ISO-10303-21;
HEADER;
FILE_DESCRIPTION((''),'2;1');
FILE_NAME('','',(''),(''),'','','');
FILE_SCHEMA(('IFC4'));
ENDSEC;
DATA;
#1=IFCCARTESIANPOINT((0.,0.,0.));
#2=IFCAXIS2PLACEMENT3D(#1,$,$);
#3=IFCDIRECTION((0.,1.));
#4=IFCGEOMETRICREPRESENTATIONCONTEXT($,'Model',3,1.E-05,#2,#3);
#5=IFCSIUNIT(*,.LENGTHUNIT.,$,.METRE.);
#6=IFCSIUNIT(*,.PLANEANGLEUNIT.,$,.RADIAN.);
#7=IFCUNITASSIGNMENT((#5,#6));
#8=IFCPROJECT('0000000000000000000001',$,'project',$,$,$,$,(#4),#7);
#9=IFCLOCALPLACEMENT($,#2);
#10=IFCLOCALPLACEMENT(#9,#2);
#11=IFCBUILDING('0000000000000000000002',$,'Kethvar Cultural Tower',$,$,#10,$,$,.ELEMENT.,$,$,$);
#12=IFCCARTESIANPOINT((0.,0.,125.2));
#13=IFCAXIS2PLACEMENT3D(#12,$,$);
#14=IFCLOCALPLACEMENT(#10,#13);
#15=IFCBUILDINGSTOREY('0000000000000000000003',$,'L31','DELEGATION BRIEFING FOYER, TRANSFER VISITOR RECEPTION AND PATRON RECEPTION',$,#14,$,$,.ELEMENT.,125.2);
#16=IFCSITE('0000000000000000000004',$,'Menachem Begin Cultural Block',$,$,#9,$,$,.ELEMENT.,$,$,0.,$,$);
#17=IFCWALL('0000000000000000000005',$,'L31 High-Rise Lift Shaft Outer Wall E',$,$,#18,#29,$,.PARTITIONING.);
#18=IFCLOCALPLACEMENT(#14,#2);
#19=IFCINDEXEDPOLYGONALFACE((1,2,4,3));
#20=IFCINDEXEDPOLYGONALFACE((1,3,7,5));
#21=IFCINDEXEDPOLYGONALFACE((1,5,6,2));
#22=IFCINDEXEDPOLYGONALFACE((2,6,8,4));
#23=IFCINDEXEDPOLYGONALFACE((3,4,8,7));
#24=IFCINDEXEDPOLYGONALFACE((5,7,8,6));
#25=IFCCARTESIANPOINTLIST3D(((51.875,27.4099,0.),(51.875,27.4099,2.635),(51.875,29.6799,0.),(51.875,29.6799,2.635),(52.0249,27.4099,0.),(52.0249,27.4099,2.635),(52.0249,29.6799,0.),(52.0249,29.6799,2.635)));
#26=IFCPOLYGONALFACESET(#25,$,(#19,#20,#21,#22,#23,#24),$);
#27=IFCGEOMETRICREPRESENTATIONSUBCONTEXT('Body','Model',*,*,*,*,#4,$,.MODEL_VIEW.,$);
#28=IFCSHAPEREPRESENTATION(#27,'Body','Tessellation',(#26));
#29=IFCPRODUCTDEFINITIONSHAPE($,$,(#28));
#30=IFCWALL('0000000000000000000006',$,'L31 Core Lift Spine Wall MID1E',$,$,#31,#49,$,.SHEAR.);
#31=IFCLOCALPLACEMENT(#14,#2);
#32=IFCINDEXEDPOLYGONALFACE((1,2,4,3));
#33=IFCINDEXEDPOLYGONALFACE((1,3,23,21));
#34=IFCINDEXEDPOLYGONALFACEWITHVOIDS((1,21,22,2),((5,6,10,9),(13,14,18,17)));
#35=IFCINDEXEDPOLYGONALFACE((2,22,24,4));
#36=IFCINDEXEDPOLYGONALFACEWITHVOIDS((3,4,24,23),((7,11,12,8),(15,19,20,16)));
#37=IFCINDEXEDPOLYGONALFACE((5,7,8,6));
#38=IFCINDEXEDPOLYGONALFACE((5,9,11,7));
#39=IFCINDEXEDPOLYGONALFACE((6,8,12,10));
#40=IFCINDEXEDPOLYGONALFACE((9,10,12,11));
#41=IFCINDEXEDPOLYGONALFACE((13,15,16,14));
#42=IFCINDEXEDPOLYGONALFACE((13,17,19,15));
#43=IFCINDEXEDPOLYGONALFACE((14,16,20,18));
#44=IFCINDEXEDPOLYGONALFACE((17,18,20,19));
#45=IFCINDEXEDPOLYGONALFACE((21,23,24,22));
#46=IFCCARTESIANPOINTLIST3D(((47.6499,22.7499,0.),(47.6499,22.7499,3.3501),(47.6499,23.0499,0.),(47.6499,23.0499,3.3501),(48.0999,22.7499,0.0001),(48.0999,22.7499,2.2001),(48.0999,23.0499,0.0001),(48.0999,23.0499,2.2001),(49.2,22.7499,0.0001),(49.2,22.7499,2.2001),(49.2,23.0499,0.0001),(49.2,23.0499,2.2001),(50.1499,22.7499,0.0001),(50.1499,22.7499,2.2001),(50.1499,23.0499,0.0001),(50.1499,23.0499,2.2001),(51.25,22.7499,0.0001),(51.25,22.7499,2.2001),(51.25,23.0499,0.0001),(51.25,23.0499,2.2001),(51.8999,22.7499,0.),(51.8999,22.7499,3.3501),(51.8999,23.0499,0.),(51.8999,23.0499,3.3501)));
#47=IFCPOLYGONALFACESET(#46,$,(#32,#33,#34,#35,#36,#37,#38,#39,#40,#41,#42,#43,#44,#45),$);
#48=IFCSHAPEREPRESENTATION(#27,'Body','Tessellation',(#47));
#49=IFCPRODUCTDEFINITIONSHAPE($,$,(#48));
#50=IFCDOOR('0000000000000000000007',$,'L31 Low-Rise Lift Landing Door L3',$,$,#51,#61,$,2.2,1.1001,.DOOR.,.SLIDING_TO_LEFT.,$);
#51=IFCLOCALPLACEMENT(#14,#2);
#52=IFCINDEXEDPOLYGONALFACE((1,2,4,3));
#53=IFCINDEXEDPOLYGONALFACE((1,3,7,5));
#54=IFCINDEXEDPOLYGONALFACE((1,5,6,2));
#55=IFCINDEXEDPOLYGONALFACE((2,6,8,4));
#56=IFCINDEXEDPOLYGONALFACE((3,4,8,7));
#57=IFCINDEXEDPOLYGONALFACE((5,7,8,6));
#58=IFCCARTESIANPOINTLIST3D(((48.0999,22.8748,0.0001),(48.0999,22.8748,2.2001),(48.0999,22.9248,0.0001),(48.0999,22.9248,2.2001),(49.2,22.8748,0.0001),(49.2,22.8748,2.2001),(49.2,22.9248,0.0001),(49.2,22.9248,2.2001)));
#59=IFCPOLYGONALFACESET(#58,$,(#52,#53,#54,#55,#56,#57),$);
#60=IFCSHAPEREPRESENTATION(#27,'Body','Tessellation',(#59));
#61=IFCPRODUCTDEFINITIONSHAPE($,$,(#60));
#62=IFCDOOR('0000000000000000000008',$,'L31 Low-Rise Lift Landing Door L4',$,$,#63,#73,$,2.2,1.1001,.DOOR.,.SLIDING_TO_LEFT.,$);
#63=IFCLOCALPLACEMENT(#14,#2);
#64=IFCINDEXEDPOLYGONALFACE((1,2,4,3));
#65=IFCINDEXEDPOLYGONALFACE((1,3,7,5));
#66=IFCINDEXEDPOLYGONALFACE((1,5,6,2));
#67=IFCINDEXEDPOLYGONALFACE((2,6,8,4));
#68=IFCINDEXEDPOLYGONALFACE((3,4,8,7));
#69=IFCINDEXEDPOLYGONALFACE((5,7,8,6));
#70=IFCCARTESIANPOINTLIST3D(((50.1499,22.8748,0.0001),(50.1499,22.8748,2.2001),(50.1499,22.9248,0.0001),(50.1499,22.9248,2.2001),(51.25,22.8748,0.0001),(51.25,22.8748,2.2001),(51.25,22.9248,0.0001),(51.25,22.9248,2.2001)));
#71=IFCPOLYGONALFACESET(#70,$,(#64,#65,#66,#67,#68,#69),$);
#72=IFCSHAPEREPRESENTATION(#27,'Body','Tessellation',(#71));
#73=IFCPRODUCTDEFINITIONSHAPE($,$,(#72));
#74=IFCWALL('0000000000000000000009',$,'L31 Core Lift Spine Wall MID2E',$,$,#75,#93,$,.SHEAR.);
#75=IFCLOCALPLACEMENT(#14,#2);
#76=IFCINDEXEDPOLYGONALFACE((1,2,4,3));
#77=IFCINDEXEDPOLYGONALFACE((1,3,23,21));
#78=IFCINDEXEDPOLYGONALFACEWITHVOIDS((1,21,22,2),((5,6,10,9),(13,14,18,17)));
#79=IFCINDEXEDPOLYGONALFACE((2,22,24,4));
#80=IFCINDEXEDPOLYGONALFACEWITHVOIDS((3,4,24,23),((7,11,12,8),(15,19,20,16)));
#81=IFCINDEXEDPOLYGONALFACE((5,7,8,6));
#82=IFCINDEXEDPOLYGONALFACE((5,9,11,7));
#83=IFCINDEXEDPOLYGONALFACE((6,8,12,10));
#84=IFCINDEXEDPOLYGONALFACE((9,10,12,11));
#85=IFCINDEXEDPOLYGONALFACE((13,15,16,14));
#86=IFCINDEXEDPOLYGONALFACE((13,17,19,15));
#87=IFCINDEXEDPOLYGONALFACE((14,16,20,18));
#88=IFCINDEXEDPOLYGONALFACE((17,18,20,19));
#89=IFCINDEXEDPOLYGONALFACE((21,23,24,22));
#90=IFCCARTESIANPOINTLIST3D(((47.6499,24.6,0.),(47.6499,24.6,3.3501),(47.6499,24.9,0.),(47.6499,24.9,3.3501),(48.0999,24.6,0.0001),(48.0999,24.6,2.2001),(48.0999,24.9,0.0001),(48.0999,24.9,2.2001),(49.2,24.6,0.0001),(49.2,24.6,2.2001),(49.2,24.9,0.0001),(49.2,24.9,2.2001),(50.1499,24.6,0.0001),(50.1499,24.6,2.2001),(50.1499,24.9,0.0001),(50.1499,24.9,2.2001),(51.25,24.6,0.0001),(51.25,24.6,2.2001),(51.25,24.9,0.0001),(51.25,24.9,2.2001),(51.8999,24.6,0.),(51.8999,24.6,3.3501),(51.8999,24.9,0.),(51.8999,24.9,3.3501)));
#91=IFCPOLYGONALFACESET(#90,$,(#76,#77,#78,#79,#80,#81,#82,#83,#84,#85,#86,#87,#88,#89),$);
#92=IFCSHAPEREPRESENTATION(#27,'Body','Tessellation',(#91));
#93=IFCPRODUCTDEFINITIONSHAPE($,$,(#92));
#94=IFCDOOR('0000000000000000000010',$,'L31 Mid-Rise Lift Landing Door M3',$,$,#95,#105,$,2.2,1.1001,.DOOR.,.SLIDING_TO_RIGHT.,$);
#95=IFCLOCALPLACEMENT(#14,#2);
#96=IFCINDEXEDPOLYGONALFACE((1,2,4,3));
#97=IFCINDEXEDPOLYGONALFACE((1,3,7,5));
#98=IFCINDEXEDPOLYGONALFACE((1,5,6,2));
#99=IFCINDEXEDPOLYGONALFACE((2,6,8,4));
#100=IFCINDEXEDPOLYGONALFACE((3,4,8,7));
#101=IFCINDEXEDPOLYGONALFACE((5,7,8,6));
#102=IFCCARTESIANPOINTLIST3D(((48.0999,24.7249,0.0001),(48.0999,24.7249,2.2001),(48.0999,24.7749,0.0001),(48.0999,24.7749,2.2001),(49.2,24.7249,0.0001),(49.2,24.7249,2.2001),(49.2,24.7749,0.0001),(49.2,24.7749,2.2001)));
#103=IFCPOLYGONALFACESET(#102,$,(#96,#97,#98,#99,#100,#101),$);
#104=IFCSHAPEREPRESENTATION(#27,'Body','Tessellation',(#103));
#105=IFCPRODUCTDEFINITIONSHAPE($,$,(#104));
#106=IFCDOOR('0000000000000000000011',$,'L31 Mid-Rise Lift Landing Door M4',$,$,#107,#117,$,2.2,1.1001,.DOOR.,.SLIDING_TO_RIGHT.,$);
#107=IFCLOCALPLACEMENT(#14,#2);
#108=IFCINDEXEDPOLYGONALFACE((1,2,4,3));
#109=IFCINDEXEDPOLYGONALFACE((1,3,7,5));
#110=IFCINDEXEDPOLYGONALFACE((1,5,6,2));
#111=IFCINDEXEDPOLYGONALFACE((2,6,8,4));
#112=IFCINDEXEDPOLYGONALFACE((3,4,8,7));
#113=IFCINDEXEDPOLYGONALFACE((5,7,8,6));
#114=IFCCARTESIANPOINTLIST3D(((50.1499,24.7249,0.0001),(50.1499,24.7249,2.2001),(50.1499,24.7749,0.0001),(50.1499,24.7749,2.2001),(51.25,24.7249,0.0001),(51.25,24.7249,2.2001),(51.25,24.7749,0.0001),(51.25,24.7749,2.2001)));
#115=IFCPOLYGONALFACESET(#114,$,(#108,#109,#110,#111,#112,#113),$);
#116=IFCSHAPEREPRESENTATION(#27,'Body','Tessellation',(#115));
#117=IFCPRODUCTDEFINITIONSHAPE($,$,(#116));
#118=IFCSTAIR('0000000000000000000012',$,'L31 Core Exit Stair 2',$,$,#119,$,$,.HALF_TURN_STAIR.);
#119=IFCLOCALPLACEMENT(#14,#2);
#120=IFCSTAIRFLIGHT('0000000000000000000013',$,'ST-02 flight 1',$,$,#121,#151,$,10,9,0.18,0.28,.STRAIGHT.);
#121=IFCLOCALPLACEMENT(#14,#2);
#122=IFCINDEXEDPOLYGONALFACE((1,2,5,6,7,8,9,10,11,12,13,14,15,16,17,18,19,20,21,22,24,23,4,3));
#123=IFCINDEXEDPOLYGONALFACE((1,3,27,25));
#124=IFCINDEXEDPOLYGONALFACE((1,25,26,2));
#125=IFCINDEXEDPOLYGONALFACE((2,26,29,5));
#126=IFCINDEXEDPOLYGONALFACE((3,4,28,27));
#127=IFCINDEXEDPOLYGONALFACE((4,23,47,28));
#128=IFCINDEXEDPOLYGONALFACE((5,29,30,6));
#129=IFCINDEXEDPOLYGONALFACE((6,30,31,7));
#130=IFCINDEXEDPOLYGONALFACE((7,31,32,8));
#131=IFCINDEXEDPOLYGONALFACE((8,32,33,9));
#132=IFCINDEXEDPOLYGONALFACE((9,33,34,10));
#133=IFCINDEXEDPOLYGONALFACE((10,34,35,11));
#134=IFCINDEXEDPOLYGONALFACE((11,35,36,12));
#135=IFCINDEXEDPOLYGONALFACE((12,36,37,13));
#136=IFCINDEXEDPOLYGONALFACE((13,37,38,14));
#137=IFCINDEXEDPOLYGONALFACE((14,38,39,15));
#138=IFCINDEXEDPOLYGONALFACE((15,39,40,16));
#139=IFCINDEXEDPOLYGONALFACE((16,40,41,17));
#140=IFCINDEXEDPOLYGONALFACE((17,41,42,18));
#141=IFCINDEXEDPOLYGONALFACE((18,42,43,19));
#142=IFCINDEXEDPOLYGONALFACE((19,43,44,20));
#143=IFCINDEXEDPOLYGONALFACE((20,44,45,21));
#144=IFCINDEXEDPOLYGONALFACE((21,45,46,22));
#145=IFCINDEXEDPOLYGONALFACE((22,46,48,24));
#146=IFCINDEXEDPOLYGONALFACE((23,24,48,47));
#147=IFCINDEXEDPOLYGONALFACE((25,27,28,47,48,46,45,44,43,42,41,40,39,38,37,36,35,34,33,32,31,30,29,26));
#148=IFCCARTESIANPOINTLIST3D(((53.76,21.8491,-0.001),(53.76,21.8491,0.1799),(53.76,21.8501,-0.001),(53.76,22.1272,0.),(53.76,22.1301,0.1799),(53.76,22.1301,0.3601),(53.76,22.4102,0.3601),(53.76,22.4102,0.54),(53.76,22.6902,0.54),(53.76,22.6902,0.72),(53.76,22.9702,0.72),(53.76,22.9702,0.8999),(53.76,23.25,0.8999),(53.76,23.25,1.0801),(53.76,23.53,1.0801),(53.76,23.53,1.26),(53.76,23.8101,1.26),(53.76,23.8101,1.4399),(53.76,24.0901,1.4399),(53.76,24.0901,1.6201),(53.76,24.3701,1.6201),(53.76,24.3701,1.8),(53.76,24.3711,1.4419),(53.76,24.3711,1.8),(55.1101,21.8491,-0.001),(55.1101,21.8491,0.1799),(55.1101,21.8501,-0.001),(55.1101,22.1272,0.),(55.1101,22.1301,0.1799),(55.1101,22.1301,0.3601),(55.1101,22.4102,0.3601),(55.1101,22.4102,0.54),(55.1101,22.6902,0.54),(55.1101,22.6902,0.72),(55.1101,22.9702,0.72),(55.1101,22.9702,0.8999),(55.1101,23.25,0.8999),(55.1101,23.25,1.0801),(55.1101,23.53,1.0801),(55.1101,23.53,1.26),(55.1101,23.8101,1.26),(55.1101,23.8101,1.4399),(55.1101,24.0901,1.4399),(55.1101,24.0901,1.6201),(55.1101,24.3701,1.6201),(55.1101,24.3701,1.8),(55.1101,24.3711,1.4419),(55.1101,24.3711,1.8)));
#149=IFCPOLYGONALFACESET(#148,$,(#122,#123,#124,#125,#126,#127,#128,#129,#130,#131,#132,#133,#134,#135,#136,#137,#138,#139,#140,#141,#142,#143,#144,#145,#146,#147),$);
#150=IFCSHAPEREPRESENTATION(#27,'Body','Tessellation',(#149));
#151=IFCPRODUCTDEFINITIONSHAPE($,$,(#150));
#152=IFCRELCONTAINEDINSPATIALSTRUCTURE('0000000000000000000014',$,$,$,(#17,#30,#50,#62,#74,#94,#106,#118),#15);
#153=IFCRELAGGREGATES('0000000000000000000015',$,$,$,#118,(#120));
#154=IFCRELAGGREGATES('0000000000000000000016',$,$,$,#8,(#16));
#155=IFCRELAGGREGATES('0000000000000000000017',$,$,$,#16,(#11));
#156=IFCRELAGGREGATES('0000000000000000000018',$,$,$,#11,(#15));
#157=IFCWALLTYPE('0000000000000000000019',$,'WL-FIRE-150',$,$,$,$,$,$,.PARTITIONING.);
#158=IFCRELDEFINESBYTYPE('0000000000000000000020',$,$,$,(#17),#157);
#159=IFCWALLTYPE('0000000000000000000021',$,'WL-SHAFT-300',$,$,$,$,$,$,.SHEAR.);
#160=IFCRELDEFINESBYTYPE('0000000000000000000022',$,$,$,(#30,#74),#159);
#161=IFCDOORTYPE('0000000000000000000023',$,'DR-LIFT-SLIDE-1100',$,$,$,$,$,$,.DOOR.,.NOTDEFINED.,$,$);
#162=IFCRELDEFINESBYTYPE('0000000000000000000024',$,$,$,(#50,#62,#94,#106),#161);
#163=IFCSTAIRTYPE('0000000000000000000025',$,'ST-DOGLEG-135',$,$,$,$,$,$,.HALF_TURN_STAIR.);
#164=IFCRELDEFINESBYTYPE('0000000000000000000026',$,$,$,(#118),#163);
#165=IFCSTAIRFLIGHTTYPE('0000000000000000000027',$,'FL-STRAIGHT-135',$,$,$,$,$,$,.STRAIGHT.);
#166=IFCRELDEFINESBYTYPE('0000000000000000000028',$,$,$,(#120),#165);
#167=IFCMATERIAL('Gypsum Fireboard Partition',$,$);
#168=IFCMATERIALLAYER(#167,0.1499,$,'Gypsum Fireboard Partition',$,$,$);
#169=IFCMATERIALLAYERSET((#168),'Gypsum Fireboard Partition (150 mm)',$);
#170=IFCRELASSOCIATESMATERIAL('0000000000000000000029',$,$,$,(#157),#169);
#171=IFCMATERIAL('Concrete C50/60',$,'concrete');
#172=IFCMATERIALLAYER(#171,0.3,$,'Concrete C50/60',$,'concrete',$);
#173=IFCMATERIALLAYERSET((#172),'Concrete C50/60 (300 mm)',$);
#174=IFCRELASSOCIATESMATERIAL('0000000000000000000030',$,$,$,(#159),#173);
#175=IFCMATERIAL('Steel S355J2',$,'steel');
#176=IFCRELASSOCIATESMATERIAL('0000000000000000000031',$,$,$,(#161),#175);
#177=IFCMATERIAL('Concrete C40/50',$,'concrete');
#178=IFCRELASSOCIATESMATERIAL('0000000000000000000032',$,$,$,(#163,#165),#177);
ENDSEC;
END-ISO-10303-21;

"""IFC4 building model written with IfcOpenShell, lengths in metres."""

from ifc_helpers import new_model, si_unit, direction, frame, frame_2d, origin, place, context, subcontext, project, spatial, polyline, rectangle, outline, extrude, source, transform, mapped, material, layer, layer_set, type_object, element, fill, aggregate, save


model = new_model("IFC4")

# Units and contexts
model_context = context("Model", 3, precision=1e-05, world=origin(), true_north=direction((0.0, 1.0)))
body_context = subcontext(model_context, "Body", "Model", "MODEL_VIEW")
ifc_project = project(units=[si_unit("LENGTHUNIT", "METRE"), si_unit("PLANEANGLEUNIT", "RADIAN")], contexts=[model_context])

# Site, building, storey
site_placement = place(None, origin())
site = spatial("IfcSite", under=ifc_project, at=site_placement, Name="Menachem Begin Cultural Block", CompositionType="ELEMENT", RefElevation=0.0)
building_placement = place(site_placement, origin())
building = spatial("IfcBuilding", under=site, at=building_placement, Name="Kethvar Cultural Tower", CompositionType="ELEMENT")
storey_placement = place(building_placement, frame((0.0, 0.0, 125.2)))
storey = spatial("IfcBuildingStorey", under=building, at=storey_placement, Name="L31", Description="DELEGATION BRIEFING FOYER, TRANSFER VISITOR RECEPTION AND PATRON RECEPTION", CompositionType="ELEMENT", Elevation=125.2)

# Shared definitions
ifc_material_1 = material(Name="Steel S355J2", Category="steel")

# Wall
ifc_material_2 = material(Name="Gypsum Fireboard Partition")
ifc_layer_1 = layer(ifc_material_2, 0.1499, Name="Gypsum Fireboard Partition")
ifc_layer_set_1 = layer_set([ifc_layer_1], Name="Gypsum Fireboard Partition (150 mm)")
wall_type_1 = type_object("IfcWallType", Name="WL-FIRE-150", PredefinedType="PARTITIONING", material=ifc_layer_set_1)
for number, where, z_axis, x_axis, name in (
    (1, (51.95, 27.4099, 0.0), (0.0, 0.0, 1.0), (0.0, 1.0, 0.0), "L31 High-Rise Lift Shaft Outer Wall E"),
):
    element("IfcWall", number, at=place(storey_placement, frame(where, z_axis=z_axis, x_axis=x_axis)), inside=storey, type_object=wall_type_1, Name=name, PredefinedType="PARTITIONING", context=body_context, shape_type="SweptSolid", body=[
        extrude(rectangle(XDim=2.27, YDim=0.1499, at=frame_2d((1.135, 0.0))), origin(), (0.0, 0.0, 1.0), 2.635),
    ])

# Walls, openings, doors
ifc_material_3 = material(Name="Concrete C50/60", Category="concrete")
ifc_layer_2 = layer(ifc_material_3, 0.3, Name="Concrete C50/60", Category="concrete")
ifc_layer_set_2 = layer_set([ifc_layer_2], Name="Concrete C50/60 (300 mm)")
wall_type_2 = type_object("IfcWallType", Name="WL-SHAFT-300", PredefinedType="SHEAR", material=ifc_layer_set_2)
wall_1_placement = place(storey_placement, frame((47.6499, 22.8999, 0.0), z_axis=(0.0, 0.0, 1.0), x_axis=(1.0, 0.0, 0.0)))
wall_1 = element("IfcWall", 2, at=wall_1_placement, inside=storey, type_object=wall_type_2, Name="L31 Core Lift Spine Wall MID1E", PredefinedType="SHEAR", context=body_context, shape_type="SweptSolid", body=[
    extrude(rectangle(XDim=4.25, YDim=0.3, at=frame_2d((2.125, 0.0))), origin(), (0.0, 0.0, 1.0), 3.3501),
])
opening_1_placement = place(wall_1_placement, frame((0.45, 0.0, 0.0)))
opening_1 = element("IfcOpeningElement", 3, at=opening_1_placement, cuts=wall_1, PredefinedType="OPENING", context=body_context, shape_type="SweptSolid", body=[
    extrude(rectangle(XDim=1.1001, YDim=2.2, at=frame_2d((0.55, 1.1001))), frame((0.0, 0.1599, 0.0), z_axis=(0.0, -1.0, 0.0), x_axis=(1.0, 0.0, 0.0)), (0.0, 0.0, 1.0), 0.3201),
])
opening_2_placement = place(wall_1_placement, frame((2.5, 0.0, 0.0)))
opening_2 = element("IfcOpeningElement", 4, at=opening_2_placement, cuts=wall_1, PredefinedType="OPENING", context=body_context, shape_type="SweptSolid", body=[
    extrude(rectangle(XDim=1.1001, YDim=2.2, at=frame_2d((0.55, 1.1001))), frame((0.0, 0.1599, 0.0), z_axis=(0.0, -1.0, 0.0), x_axis=(1.0, 0.0, 0.0)), (0.0, 0.0, 1.0), 0.3201),
])
door_type = type_object("IfcDoorType", Name="DR-LIFT-SLIDE-1100", OperationType="NOTDEFINED", PredefinedType="DOOR", material=ifc_material_1)
shared_shape_1 = source(origin(), body_context, "Body", "SweptSolid", [
    extrude(rectangle(XDim=1.1001, YDim=2.2, at=frame_2d((0.55, 1.1001))), frame((0.0, 0.0249, 0.0), z_axis=(0.0, -1.0, 0.0), x_axis=(1.0, 0.0, 0.0)), (0.0, 0.0, 1.0), 0.05),
])
door_1_placement = place(opening_1_placement, origin())
door_1 = element("IfcDoor", 5, at=door_1_placement, inside=storey, type_object=door_type, Name="L31 Low-Rise Lift Landing Door L3", OperationType="SLIDING_TO_LEFT", OverallHeight=2.2, OverallWidth=1.1001, PredefinedType="DOOR", context=body_context, shape_type="MappedRepresentation", body=[
    mapped(shared_shape_1, transform((0.0, 0.0, 0.0), scale=1.0)),
])
fill(opening_1, door_1)
door_2_placement = place(opening_2_placement, origin())
door_2 = element("IfcDoor", 6, at=door_2_placement, inside=storey, type_object=door_type, Name="L31 Low-Rise Lift Landing Door L4", OperationType="SLIDING_TO_LEFT", OverallHeight=2.2, OverallWidth=1.1001, PredefinedType="DOOR", context=body_context, shape_type="MappedRepresentation", body=[
    mapped(shared_shape_1, transform((0.0, 0.0, 0.0), scale=1.0)),
])
fill(opening_2, door_2)
wall_2_placement = place(storey_placement, frame((47.6499, 24.75, 0.0), z_axis=(0.0, 0.0, 1.0), x_axis=(1.0, 0.0, 0.0)))
wall_2 = element("IfcWall", 7, at=wall_2_placement, inside=storey, type_object=wall_type_2, Name="L31 Core Lift Spine Wall MID2E", PredefinedType="SHEAR", context=body_context, shape_type="SweptSolid", body=[
    extrude(rectangle(XDim=4.25, YDim=0.3, at=frame_2d((2.125, 0.0))), origin(), (0.0, 0.0, 1.0), 3.3501),
])
opening_3_placement = place(wall_2_placement, frame((0.45, 0.0, 0.0)))
opening_3 = element("IfcOpeningElement", 8, at=opening_3_placement, cuts=wall_2, PredefinedType="OPENING", context=body_context, shape_type="SweptSolid", body=[
    extrude(rectangle(XDim=1.1001, YDim=2.2, at=frame_2d((0.55, 1.1001))), frame((0.0, 0.1599, 0.0), z_axis=(0.0, -1.0, 0.0), x_axis=(1.0, 0.0, 0.0)), (0.0, 0.0, 1.0), 0.3201),
])
opening_4_placement = place(wall_2_placement, frame((2.5, 0.0, 0.0)))
opening_4 = element("IfcOpeningElement", 9, at=opening_4_placement, cuts=wall_2, PredefinedType="OPENING", context=body_context, shape_type="SweptSolid", body=[
    extrude(rectangle(XDim=1.1001, YDim=2.2, at=frame_2d((0.55, 1.1001))), frame((0.0, 0.1599, 0.0), z_axis=(0.0, -1.0, 0.0), x_axis=(1.0, 0.0, 0.0)), (0.0, 0.0, 1.0), 0.3201),
])
door_3_placement = place(opening_3_placement, origin())
door_3 = element("IfcDoor", 10, at=door_3_placement, inside=storey, type_object=door_type, Name="L31 Mid-Rise Lift Landing Door M3", OperationType="SLIDING_TO_RIGHT", OverallHeight=2.2, OverallWidth=1.1001, PredefinedType="DOOR", context=body_context, shape_type="MappedRepresentation", body=[
    mapped(shared_shape_1, transform((0.0, 0.0, 0.0), scale=1.0)),
])
fill(opening_3, door_3)
door_4_placement = place(opening_4_placement, origin())
door_4 = element("IfcDoor", 11, at=door_4_placement, inside=storey, type_object=door_type, Name="L31 Mid-Rise Lift Landing Door M4", OperationType="SLIDING_TO_RIGHT", OverallHeight=2.2, OverallWidth=1.1001, PredefinedType="DOOR", context=body_context, shape_type="MappedRepresentation", body=[
    mapped(shared_shape_1, transform((0.0, 0.0, 0.0), scale=1.0)),
])
fill(opening_4, door_4)

# Stair, stair flight
ifc_material_4 = material(Name="Concrete C40/50", Category="concrete")
stair_type = type_object("IfcStairType", Name="ST-DOGLEG-135", PredefinedType="HALF_TURN_STAIR", material=ifc_material_4)
stair_placement = place(storey_placement, origin())
stair = element("IfcStair", 12, at=stair_placement, inside=storey, type_object=stair_type, Name="L31 Core Exit Stair 2", PredefinedType="HALF_TURN_STAIR")
stair_flight_type = type_object("IfcStairFlightType", Name="FL-STRAIGHT-135", PredefinedType="STRAIGHT", material=ifc_material_4)
stair_flight_1_placement = place(storey_placement, frame((54.4351, 21.8501, 0.0), z_axis=(0.0, 0.0, 1.0), x_axis=(0.0, 1.0, 0.0)))
stair_flight_1 = element("IfcStairFlight", 13, at=stair_flight_1_placement, type_object=stair_flight_type, Name="ST-02 flight 1", NumberOfRisers=10, NumberOfTreads=9, PredefinedType="STRAIGHT", RiserHeight=0.18, TreadLength=0.28, context=body_context, shape_type="SweptSolid", body=[
    extrude(outline(polyline([(-0.001, -0.001), (-0.001, 0.1799), (0.28, 0.1799), (0.28, 0.3601), (0.5601, 0.3601), (0.5601, 0.54), (0.8401, 0.54), (0.8401, 0.72), (1.1201, 0.72), (1.1201, 0.8999), (1.3999, 0.8999), (1.3999, 1.0801), (1.6799, 1.0801), (1.6799, 1.26), (1.96, 1.26), (1.96, 1.4399), (2.24, 1.4399), (2.24, 1.6201), (2.52, 1.6201), (2.52, 1.8), (2.521, 1.8), (2.521, 1.4419), (0.2771, 0.0), (0.0, -0.001), (-0.001, -0.001)])), frame((0.0, 0.675, 0.0), z_axis=(0.0, -1.0, 0.0), x_axis=(1.0, 0.0, 0.0)), (0.0, 0.0, 1.0), 1.3501),
])
aggregate(stair, [stair_flight_1])

save(model, "model.ifc")
